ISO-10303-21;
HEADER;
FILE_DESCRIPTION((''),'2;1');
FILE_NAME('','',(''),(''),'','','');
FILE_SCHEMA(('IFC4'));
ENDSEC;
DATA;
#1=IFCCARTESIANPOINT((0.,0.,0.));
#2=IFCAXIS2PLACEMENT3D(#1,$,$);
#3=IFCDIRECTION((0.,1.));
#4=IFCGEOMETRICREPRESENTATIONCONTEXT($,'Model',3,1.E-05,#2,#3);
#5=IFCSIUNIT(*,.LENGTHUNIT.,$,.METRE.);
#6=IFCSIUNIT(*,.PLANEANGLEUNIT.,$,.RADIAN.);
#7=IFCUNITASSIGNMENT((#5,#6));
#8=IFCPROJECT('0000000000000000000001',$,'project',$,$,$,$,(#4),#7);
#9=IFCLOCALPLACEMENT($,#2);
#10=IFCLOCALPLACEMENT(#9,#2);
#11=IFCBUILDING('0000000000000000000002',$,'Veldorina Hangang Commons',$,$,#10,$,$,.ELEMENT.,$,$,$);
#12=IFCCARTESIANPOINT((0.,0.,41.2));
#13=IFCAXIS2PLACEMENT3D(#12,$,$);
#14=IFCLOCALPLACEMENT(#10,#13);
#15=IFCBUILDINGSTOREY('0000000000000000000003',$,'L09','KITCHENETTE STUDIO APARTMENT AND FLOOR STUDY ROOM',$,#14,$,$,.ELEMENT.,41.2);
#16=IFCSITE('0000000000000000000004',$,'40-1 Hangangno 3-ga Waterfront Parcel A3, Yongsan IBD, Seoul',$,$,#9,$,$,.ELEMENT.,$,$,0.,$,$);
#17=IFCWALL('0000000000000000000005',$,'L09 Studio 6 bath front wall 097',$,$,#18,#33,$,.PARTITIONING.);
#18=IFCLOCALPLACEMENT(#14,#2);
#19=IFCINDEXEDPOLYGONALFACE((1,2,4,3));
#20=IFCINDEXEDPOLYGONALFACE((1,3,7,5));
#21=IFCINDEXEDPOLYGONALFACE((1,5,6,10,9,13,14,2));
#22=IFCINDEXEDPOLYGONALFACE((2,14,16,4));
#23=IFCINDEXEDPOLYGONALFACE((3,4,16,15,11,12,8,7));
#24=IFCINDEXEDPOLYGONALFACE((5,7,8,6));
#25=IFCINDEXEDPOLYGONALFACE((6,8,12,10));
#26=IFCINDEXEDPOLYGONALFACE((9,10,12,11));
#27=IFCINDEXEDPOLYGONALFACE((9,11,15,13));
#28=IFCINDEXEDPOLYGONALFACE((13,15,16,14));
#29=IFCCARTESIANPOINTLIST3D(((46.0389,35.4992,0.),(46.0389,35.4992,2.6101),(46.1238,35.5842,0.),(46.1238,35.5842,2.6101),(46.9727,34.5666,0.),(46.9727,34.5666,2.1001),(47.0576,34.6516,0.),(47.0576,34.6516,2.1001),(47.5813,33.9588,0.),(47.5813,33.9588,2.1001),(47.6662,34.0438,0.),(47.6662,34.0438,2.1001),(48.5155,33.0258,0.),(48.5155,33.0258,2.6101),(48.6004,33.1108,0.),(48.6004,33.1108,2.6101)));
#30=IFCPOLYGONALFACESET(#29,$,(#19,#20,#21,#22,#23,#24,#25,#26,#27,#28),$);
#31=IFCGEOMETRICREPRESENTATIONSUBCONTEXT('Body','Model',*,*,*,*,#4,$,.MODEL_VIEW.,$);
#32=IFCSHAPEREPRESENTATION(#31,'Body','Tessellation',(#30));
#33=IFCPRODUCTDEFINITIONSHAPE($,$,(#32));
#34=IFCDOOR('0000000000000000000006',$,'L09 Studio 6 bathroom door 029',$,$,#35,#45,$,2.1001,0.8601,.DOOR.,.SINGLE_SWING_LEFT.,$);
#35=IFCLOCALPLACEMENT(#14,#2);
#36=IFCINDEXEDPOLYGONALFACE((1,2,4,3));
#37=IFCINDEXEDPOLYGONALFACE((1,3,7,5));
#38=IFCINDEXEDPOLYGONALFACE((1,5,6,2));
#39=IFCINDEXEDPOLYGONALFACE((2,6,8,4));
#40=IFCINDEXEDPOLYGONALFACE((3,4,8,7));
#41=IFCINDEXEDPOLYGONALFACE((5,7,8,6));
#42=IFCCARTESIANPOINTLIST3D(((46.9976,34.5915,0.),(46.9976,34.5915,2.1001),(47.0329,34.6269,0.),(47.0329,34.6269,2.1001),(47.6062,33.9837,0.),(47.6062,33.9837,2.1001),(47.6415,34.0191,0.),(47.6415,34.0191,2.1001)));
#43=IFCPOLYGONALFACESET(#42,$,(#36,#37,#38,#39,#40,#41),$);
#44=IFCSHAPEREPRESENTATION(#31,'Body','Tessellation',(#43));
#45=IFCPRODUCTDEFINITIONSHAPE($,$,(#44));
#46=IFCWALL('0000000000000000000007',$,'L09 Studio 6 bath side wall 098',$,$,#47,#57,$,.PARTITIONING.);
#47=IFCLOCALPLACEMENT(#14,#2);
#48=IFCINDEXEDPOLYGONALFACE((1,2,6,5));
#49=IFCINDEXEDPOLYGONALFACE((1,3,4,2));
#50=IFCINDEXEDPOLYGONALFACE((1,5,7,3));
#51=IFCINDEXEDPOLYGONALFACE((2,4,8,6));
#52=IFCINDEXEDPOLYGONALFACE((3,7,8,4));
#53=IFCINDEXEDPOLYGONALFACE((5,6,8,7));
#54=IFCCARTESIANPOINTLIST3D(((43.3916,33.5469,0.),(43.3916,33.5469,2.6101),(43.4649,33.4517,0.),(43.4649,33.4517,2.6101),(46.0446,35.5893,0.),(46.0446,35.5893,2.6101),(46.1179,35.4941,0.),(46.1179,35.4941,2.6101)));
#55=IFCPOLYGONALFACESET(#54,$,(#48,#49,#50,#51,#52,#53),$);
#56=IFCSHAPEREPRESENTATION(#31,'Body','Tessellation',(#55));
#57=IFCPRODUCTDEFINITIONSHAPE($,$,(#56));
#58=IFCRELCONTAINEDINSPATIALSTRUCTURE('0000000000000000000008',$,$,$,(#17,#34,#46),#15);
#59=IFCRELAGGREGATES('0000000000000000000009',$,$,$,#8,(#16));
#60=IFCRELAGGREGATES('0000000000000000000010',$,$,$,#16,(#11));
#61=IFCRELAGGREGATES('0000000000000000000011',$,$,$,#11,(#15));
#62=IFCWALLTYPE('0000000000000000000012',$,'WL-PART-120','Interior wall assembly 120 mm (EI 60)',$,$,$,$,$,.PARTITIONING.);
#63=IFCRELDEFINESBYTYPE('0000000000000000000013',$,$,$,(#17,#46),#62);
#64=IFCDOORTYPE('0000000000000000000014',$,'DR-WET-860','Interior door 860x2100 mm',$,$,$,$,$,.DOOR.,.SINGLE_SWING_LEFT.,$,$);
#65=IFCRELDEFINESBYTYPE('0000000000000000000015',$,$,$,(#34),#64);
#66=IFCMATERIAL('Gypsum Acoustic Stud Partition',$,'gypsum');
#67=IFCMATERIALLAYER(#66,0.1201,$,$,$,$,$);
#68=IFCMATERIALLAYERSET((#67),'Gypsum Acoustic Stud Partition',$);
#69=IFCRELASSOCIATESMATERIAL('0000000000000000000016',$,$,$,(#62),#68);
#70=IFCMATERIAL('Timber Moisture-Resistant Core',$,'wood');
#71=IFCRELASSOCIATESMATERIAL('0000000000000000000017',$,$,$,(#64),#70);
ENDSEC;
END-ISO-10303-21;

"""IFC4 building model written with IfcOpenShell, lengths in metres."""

from ifc_helpers import new_model, si_unit, direction, frame, frame_2d, origin, place, context, subcontext, project, spatial, rectangle, extrude, material, layer, layer_set, type_object, element, fill, save


model = new_model("IFC4")

# Units and contexts
model_context = context("Model", 3, precision=1e-05, world=origin(), true_north=direction((0.0, 1.0)))
body_context = subcontext(model_context, "Body", "Model", "MODEL_VIEW")
ifc_project = project(units=[si_unit("LENGTHUNIT", "METRE"), si_unit("PLANEANGLEUNIT", "RADIAN")], contexts=[model_context])

# Site, building, storey
site_placement = place(None, origin())
site = spatial("IfcSite", under=ifc_project, at=site_placement, Name="40-1 Hangangno 3-ga Waterfront Parcel A3, Yongsan IBD, Seoul", CompositionType="ELEMENT", RefElevation=0.0)
building_placement = place(site_placement, origin())
building = spatial("IfcBuilding", under=site, at=building_placement, Name="Veldorina Hangang Commons", CompositionType="ELEMENT")
storey_placement = place(building_placement, frame((0.0, 0.0, 41.2)))
storey = spatial("IfcBuildingStorey", under=building, at=storey_placement, Name="L09", Description="KITCHENETTE STUDIO APARTMENT AND FLOOR STUDY ROOM", CompositionType="ELEMENT", Elevation=41.2)

# Wall, opening, door
ifc_material_1 = material(Name="Gypsum Acoustic Stud Partition", Category="gypsum")
ifc_layer_1 = layer(ifc_material_1, 0.1201)
ifc_layer_set_1 = layer_set([ifc_layer_1], Name="Gypsum Acoustic Stud Partition")
wall_type_1 = type_object("IfcWallType", Name="WL-PART-120", Description="Interior wall assembly 120 mm (EI 60)", PredefinedType="PARTITIONING", material=ifc_layer_set_1)
wall_1_placement = place(storey_placement, frame((48.5579, 33.0684, 0.0), z_axis=(0.0, 0.0, 1.0), x_axis=(-0.70756, 0.706653, 0.0)))
wall_1 = element("IfcWall", 1, at=wall_1_placement, inside=storey, type_object=wall_type_1, Name="L09 Studio 6 bath front wall 097", PredefinedType="PARTITIONING", context=body_context, shape_type="SweptSolid", body=[
    extrude(rectangle(XDim=3.5002, YDim=0.1201, at=frame_2d((1.75, 0.0))), origin(), (0.0, 0.0, 1.0), 2.6101),
])
opening_1_placement = place(wall_1_placement, frame((1.3201, 0.0, 0.0)))
opening_1 = element("IfcOpeningElement", 2, at=opening_1_placement, cuts=wall_1, PredefinedType="OPENING", context=body_context, shape_type="SweptSolid", body=[
    extrude(rectangle(XDim=0.8601, YDim=2.1001, at=frame_2d((0.4302, 1.05))), frame((0.0, 0.0701, 0.0), z_axis=(0.0, -1.0, 0.0), x_axis=(1.0, 0.0, 0.0)), (0.0, 0.0, 1.0), 0.1401),
])
ifc_material_2 = material(Name="Timber Moisture-Resistant Core", Category="wood")
door_type_1 = type_object("IfcDoorType", Name="DR-WET-860", Description="Interior door 860x2100 mm", OperationType="SINGLE_SWING_LEFT", PredefinedType="DOOR", material=ifc_material_2)
door_1_placement = place(opening_1_placement, origin())
door_1 = element("IfcDoor", 3, at=door_1_placement, inside=storey, type_object=door_type_1, Name="L09 Studio 6 bathroom door 029", OperationType="SINGLE_SWING_LEFT", OverallHeight=2.1001, OverallWidth=0.8601, PredefinedType="DOOR", context=body_context, shape_type="SweptSolid", body=[
    extrude(rectangle(XDim=0.8601, YDim=2.1001, at=frame_2d((0.4302, 1.05))), frame((0.0, 0.0249, 0.0), z_axis=(0.0, -1.0, 0.0), x_axis=(1.0, 0.0, 0.0)), (0.0, 0.0, 1.0), 0.05),
])
fill(opening_1, door_1)

# Wall
wall_2_placement = place(storey_placement, frame((43.4282, 33.4993, 0.0), z_axis=(0.0, 0.0, 1.0), x_axis=(0.792385, 0.610021, 0.0)))
element("IfcWall", 4, at=wall_2_placement, inside=storey, type_object=wall_type_1, Name="L09 Studio 6 bath side wall 098", PredefinedType="PARTITIONING", context=body_context, shape_type="SweptSolid", body=[
    extrude(rectangle(XDim=3.3481, YDim=0.1201, at=frame_2d((1.6741, 0.0))), origin(), (0.0, 0.0, 1.0), 2.6101),
])

save(model, "model.ifc")
